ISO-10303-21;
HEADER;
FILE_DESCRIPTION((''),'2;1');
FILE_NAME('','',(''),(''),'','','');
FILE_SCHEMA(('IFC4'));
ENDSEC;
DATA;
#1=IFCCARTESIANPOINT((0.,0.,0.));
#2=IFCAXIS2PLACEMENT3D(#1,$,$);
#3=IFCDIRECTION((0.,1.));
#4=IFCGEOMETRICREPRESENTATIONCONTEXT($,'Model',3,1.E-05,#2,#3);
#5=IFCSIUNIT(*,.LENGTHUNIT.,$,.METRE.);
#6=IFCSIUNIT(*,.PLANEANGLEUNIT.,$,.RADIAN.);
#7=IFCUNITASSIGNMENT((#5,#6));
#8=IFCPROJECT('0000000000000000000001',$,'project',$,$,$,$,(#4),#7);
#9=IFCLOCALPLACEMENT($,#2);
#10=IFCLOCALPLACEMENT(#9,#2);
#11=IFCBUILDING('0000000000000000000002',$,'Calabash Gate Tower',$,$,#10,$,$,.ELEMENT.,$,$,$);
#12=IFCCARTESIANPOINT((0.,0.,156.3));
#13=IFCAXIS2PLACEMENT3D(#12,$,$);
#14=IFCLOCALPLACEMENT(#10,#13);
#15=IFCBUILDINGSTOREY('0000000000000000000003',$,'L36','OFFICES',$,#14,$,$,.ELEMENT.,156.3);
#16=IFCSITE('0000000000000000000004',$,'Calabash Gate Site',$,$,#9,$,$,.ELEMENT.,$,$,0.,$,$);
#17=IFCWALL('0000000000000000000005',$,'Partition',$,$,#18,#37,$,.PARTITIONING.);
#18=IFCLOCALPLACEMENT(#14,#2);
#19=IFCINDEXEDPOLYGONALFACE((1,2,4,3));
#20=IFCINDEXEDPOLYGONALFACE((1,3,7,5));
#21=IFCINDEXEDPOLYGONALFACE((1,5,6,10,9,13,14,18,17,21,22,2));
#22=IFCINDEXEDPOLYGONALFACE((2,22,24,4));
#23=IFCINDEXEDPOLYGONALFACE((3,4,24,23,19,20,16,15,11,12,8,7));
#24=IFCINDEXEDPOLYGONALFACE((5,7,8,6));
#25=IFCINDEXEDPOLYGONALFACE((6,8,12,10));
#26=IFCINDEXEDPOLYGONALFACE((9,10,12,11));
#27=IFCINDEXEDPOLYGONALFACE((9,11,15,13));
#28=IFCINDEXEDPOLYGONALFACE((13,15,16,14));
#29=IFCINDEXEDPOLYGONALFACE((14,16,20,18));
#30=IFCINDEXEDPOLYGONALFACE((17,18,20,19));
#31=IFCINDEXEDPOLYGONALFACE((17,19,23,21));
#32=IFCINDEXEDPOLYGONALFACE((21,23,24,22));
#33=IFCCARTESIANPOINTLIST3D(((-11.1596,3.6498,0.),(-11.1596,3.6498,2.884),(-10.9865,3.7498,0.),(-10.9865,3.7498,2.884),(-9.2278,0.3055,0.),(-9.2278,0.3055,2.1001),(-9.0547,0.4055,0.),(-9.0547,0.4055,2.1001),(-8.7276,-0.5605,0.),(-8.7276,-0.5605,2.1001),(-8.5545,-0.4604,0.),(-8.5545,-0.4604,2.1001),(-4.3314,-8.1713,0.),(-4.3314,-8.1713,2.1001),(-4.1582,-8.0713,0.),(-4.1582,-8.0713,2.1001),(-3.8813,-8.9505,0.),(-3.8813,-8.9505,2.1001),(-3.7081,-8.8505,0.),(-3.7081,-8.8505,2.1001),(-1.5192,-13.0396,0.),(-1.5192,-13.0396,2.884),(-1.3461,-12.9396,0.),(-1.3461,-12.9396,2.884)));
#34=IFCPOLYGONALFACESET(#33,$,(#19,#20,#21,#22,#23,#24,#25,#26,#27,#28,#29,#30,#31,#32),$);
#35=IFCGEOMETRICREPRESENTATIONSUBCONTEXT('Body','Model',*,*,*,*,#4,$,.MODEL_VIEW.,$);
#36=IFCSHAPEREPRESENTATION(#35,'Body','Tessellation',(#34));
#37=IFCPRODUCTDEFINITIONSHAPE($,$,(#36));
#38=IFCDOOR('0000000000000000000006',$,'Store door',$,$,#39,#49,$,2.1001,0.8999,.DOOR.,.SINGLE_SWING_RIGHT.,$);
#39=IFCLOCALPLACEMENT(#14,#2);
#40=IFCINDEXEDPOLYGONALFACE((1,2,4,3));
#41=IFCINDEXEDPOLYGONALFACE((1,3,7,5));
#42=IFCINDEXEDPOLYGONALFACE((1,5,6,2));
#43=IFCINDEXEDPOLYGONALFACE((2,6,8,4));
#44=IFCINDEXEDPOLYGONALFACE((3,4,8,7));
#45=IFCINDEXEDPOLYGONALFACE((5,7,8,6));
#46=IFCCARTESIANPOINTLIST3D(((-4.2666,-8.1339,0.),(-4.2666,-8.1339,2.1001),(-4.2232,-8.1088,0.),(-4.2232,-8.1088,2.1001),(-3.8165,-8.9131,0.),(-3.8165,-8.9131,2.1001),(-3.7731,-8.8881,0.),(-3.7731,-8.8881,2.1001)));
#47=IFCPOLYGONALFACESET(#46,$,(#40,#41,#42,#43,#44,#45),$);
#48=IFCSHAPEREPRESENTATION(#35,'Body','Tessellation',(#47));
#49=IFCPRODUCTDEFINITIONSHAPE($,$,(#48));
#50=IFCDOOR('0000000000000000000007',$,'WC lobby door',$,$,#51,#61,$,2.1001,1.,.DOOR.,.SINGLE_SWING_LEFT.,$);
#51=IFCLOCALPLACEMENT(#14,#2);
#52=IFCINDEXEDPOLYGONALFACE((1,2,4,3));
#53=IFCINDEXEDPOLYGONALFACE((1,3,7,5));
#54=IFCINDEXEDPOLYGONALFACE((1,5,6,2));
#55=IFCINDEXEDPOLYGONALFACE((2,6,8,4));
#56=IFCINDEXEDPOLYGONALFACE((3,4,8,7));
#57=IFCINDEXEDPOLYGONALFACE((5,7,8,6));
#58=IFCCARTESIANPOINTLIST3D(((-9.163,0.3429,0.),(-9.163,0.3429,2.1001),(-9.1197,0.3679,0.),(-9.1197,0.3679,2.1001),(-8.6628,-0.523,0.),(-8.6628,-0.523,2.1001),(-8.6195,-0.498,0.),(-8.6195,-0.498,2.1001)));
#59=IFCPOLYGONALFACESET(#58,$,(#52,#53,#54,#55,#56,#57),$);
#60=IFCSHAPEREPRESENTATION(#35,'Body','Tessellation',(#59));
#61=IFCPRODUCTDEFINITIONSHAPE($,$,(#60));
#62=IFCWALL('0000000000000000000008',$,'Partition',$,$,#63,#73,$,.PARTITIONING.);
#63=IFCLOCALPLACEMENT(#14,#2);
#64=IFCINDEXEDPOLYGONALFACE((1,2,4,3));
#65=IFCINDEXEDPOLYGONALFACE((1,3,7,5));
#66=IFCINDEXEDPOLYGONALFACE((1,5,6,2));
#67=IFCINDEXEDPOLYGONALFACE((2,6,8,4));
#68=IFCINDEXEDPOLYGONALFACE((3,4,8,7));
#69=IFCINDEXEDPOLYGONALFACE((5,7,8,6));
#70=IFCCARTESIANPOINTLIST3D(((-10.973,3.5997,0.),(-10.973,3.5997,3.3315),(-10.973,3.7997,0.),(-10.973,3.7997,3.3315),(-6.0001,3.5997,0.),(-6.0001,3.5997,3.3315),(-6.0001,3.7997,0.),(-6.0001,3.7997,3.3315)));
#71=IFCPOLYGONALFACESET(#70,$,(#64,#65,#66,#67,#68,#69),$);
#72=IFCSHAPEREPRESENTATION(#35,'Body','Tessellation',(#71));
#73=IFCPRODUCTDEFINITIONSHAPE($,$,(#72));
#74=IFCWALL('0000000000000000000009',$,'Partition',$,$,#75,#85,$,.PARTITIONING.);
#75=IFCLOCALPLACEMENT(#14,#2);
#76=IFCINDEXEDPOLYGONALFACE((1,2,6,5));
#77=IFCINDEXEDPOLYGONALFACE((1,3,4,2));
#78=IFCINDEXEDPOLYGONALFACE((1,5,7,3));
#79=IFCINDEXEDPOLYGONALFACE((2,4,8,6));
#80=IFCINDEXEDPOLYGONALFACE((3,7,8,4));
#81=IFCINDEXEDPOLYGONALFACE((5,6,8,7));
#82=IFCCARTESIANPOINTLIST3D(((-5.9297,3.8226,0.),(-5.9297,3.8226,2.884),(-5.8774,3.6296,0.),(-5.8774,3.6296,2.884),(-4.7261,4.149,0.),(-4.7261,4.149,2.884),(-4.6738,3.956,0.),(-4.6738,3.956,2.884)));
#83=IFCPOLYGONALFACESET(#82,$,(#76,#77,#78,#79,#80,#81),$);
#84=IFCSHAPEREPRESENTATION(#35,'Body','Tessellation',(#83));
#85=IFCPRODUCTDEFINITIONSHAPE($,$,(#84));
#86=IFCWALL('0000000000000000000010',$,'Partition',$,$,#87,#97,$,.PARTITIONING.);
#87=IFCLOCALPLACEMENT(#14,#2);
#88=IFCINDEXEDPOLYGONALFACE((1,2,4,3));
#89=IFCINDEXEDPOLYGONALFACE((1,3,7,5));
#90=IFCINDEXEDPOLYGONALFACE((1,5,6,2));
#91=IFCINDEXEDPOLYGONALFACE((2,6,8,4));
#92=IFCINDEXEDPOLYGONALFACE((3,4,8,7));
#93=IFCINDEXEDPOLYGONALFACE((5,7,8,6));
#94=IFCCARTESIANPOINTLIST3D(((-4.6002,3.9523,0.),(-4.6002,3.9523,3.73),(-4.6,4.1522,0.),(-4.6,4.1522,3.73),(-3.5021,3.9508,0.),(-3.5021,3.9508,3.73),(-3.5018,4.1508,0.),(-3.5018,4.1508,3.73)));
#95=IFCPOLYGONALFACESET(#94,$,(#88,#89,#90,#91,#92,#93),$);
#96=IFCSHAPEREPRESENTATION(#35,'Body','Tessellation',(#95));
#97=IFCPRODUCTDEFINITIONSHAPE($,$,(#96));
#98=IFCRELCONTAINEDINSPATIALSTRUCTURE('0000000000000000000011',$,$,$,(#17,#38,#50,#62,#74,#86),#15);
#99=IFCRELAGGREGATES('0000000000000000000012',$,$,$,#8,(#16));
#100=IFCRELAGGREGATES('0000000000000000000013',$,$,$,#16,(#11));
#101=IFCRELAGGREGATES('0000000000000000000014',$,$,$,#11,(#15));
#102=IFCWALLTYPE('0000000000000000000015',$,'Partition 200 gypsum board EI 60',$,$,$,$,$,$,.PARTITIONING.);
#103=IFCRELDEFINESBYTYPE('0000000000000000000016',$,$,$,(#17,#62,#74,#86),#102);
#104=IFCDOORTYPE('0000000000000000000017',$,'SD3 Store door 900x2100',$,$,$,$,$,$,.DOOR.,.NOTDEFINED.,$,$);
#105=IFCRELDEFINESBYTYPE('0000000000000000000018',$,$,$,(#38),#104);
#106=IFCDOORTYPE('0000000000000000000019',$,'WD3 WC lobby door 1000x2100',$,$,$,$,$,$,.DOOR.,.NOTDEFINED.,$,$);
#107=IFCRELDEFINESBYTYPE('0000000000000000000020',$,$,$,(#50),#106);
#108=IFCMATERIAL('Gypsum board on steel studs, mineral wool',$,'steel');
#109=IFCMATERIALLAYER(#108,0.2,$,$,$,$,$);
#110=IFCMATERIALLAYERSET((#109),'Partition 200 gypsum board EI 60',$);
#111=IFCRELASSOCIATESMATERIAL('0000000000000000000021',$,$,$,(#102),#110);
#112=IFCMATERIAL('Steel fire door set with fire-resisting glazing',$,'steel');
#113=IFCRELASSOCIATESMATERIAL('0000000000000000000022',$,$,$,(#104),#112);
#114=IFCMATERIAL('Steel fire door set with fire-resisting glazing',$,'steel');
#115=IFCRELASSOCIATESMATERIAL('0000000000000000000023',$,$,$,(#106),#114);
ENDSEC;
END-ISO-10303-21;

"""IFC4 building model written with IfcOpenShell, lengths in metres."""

from ifc_helpers import new_model, si_unit, direction, frame, frame_2d, origin, place, context, subcontext, project, spatial, rectangle, extrude, material, layer, layer_set, type_object, element, fill, save


model = new_model("IFC4")

# Units and contexts
model_context = context("Model", 3, precision=1e-05, world=origin(), true_north=direction((0.0, 1.0)))
body_context = subcontext(model_context, "Body", "Model", "MODEL_VIEW")
ifc_project = project(units=[si_unit("LENGTHUNIT", "METRE"), si_unit("PLANEANGLEUNIT", "RADIAN")], contexts=[model_context])

# Site, building, storey
site_placement = place(None, origin())
site = spatial("IfcSite", under=ifc_project, at=site_placement, Name="Calabash Gate Site", CompositionType="ELEMENT", RefElevation=0.0)
building_placement = place(site_placement, origin())
building = spatial("IfcBuilding", under=site, at=building_placement, Name="Calabash Gate Tower", CompositionType="ELEMENT")
storey_placement = place(building_placement, frame((0.0, 0.0, 156.3)))
storey = spatial("IfcBuildingStorey", under=building, at=storey_placement, Name="L36", Description="OFFICES", CompositionType="ELEMENT", Elevation=156.3)

# Shared definitions
ifc_material_1 = material(Name="Gypsum board on steel studs, mineral wool", Category="steel")
ifc_layer_1 = layer(ifc_material_1, 0.2)
ifc_layer_set_1 = layer_set([ifc_layer_1], Name="Partition 200 gypsum board EI 60")
wall_type_1 = type_object("IfcWallType", Name="Partition 200 gypsum board EI 60", PredefinedType="PARTITIONING", material=ifc_layer_set_1)

# Wall, openings, doors
wall_1_placement = place(storey_placement, frame((-11.073, 3.6997, 0.0), z_axis=(0.0, 0.0, 1.0), x_axis=(0.500184, -0.865919, 0.0)))
wall_1 = element("IfcWall", 1, at=wall_1_placement, inside=storey, type_object=wall_type_1, Name="Partition", PredefinedType="PARTITIONING", context=body_context, shape_type="SweptSolid", body=[
    extrude(rectangle(XDim=19.2737, YDim=0.2, at=frame_2d((9.6367, 0.0))), origin(), (0.0, 0.0, 1.0), 2.884),
])
opening_1_placement = place(wall_1_placement, frame((13.6514, 0.0, 0.0)))
opening_1 = element("IfcOpeningElement", 2, at=opening_1_placement, cuts=wall_1, PredefinedType="OPENING", context=body_context, shape_type="SweptSolid", body=[
    extrude(rectangle(XDim=0.8999, YDim=2.1001, at=frame_2d((0.45, 1.05))), frame((0.0, 0.1099, 0.0), z_axis=(0.0, -1.0, 0.0), x_axis=(1.0, 0.0, 0.0)), (0.0, 0.0, 1.0), 0.22),
])
opening_2_placement = place(wall_1_placement, frame((3.8621, 0.0, 0.0)))
opening_2 = element("IfcOpeningElement", 3, at=opening_2_placement, cuts=wall_1, PredefinedType="OPENING", context=body_context, shape_type="SweptSolid", body=[
    extrude(rectangle(XDim=1.0, YDim=2.1001, at=frame_2d((0.5, 1.05))), frame((0.0, 0.1099, 0.0), z_axis=(0.0, -1.0, 0.0), x_axis=(1.0, 0.0, 0.0)), (0.0, 0.0, 1.0), 0.22),
])
ifc_material_2 = material(Name="Steel fire door set with fire-resisting glazing", Category="steel")
door_type_1 = type_object("IfcDoorType", Name="SD3 Store door 900x2100", OperationType="NOTDEFINED", PredefinedType="DOOR", material=ifc_material_2)
door_1_placement = place(opening_1_placement, origin())
door_1 = element("IfcDoor", 4, at=door_1_placement, inside=storey, type_object=door_type_1, Name="Store door", OperationType="SINGLE_SWING_RIGHT", OverallHeight=2.1001, OverallWidth=0.8999, PredefinedType="DOOR", context=body_context, shape_type="SweptSolid", body=[
    extrude(rectangle(XDim=0.8999, YDim=2.1001, at=frame_2d((0.45, 1.05))), frame((0.0, 0.0249, 0.0), z_axis=(0.0, -1.0, 0.0), x_axis=(1.0, 0.0, 0.0)), (0.0, 0.0, 1.0), 0.05),
])
fill(opening_1, door_1)
ifc_material_3 = material(Name="Steel fire door set with fire-resisting glazing", Category="steel")
door_type_2 = type_object("IfcDoorType", Name="WD3 WC lobby door 1000x2100", OperationType="NOTDEFINED", PredefinedType="DOOR", material=ifc_material_3)
door_2_placement = place(opening_2_placement, origin())
door_2 = element("IfcDoor", 5, at=door_2_placement, inside=storey, type_object=door_type_2, Name="WC lobby door", OperationType="SINGLE_SWING_LEFT", OverallHeight=2.1001, OverallWidth=1.0, PredefinedType="DOOR", context=body_context, shape_type="SweptSolid", body=[
    extrude(rectangle(XDim=1.0, YDim=2.1001, at=frame_2d((0.5, 1.05))), frame((0.0, 0.0249, 0.0), z_axis=(0.0, -1.0, 0.0), x_axis=(1.0, 0.0, 0.0)), (0.0, 0.0, 1.0), 0.05),
])
fill(opening_2, door_2)

# Walls
wall_2_placement = place(storey_placement, frame((-10.9729, 3.6997, 0.0), z_axis=(0.0, 0.0, 1.0), x_axis=(1.0, 0.0, 0.0)))
element("IfcWall", 6, at=wall_2_placement, inside=storey, type_object=wall_type_1, Name="Partition", PredefinedType="PARTITIONING", context=body_context, shape_type="SweptSolid", body=[
    extrude(rectangle(XDim=4.9729, YDim=0.2, at=frame_2d((2.4863, 0.0))), origin(), (0.0, 0.0, 1.0), 3.3315),
])
wall_3_placement = place(storey_placement, frame((-5.9036, 3.7261, 0.0), z_axis=(0.0, 0.0, 1.0), x_axis=(0.965138, 0.261742, 0.0)))
element("IfcWall", 7, at=wall_3_placement, inside=storey, type_object=wall_type_1, Name="Partition", PredefinedType="PARTITIONING", context=body_context, shape_type="SweptSolid", body=[
    extrude(rectangle(XDim=1.2471, YDim=0.2, at=frame_2d((0.6235, 0.0))), origin(), (0.0, 0.0, 1.0), 2.884),
])
wall_4_placement = place(storey_placement, frame((-4.6001, 4.0522, 0.0), z_axis=(0.0, 0.0, 1.0), x_axis=(0.999999, -0.001334, 0.0)))
element("IfcWall", 8, at=wall_4_placement, inside=storey, type_object=wall_type_1, Name="Partition", PredefinedType="PARTITIONING", context=body_context, shape_type="SweptSolid", body=[
    extrude(rectangle(XDim=1.0981, YDim=0.2, at=frame_2d((0.5491, 0.0))), origin(), (0.0, 0.0, 1.0), 3.73),
])

save(model, "model.ifc")
